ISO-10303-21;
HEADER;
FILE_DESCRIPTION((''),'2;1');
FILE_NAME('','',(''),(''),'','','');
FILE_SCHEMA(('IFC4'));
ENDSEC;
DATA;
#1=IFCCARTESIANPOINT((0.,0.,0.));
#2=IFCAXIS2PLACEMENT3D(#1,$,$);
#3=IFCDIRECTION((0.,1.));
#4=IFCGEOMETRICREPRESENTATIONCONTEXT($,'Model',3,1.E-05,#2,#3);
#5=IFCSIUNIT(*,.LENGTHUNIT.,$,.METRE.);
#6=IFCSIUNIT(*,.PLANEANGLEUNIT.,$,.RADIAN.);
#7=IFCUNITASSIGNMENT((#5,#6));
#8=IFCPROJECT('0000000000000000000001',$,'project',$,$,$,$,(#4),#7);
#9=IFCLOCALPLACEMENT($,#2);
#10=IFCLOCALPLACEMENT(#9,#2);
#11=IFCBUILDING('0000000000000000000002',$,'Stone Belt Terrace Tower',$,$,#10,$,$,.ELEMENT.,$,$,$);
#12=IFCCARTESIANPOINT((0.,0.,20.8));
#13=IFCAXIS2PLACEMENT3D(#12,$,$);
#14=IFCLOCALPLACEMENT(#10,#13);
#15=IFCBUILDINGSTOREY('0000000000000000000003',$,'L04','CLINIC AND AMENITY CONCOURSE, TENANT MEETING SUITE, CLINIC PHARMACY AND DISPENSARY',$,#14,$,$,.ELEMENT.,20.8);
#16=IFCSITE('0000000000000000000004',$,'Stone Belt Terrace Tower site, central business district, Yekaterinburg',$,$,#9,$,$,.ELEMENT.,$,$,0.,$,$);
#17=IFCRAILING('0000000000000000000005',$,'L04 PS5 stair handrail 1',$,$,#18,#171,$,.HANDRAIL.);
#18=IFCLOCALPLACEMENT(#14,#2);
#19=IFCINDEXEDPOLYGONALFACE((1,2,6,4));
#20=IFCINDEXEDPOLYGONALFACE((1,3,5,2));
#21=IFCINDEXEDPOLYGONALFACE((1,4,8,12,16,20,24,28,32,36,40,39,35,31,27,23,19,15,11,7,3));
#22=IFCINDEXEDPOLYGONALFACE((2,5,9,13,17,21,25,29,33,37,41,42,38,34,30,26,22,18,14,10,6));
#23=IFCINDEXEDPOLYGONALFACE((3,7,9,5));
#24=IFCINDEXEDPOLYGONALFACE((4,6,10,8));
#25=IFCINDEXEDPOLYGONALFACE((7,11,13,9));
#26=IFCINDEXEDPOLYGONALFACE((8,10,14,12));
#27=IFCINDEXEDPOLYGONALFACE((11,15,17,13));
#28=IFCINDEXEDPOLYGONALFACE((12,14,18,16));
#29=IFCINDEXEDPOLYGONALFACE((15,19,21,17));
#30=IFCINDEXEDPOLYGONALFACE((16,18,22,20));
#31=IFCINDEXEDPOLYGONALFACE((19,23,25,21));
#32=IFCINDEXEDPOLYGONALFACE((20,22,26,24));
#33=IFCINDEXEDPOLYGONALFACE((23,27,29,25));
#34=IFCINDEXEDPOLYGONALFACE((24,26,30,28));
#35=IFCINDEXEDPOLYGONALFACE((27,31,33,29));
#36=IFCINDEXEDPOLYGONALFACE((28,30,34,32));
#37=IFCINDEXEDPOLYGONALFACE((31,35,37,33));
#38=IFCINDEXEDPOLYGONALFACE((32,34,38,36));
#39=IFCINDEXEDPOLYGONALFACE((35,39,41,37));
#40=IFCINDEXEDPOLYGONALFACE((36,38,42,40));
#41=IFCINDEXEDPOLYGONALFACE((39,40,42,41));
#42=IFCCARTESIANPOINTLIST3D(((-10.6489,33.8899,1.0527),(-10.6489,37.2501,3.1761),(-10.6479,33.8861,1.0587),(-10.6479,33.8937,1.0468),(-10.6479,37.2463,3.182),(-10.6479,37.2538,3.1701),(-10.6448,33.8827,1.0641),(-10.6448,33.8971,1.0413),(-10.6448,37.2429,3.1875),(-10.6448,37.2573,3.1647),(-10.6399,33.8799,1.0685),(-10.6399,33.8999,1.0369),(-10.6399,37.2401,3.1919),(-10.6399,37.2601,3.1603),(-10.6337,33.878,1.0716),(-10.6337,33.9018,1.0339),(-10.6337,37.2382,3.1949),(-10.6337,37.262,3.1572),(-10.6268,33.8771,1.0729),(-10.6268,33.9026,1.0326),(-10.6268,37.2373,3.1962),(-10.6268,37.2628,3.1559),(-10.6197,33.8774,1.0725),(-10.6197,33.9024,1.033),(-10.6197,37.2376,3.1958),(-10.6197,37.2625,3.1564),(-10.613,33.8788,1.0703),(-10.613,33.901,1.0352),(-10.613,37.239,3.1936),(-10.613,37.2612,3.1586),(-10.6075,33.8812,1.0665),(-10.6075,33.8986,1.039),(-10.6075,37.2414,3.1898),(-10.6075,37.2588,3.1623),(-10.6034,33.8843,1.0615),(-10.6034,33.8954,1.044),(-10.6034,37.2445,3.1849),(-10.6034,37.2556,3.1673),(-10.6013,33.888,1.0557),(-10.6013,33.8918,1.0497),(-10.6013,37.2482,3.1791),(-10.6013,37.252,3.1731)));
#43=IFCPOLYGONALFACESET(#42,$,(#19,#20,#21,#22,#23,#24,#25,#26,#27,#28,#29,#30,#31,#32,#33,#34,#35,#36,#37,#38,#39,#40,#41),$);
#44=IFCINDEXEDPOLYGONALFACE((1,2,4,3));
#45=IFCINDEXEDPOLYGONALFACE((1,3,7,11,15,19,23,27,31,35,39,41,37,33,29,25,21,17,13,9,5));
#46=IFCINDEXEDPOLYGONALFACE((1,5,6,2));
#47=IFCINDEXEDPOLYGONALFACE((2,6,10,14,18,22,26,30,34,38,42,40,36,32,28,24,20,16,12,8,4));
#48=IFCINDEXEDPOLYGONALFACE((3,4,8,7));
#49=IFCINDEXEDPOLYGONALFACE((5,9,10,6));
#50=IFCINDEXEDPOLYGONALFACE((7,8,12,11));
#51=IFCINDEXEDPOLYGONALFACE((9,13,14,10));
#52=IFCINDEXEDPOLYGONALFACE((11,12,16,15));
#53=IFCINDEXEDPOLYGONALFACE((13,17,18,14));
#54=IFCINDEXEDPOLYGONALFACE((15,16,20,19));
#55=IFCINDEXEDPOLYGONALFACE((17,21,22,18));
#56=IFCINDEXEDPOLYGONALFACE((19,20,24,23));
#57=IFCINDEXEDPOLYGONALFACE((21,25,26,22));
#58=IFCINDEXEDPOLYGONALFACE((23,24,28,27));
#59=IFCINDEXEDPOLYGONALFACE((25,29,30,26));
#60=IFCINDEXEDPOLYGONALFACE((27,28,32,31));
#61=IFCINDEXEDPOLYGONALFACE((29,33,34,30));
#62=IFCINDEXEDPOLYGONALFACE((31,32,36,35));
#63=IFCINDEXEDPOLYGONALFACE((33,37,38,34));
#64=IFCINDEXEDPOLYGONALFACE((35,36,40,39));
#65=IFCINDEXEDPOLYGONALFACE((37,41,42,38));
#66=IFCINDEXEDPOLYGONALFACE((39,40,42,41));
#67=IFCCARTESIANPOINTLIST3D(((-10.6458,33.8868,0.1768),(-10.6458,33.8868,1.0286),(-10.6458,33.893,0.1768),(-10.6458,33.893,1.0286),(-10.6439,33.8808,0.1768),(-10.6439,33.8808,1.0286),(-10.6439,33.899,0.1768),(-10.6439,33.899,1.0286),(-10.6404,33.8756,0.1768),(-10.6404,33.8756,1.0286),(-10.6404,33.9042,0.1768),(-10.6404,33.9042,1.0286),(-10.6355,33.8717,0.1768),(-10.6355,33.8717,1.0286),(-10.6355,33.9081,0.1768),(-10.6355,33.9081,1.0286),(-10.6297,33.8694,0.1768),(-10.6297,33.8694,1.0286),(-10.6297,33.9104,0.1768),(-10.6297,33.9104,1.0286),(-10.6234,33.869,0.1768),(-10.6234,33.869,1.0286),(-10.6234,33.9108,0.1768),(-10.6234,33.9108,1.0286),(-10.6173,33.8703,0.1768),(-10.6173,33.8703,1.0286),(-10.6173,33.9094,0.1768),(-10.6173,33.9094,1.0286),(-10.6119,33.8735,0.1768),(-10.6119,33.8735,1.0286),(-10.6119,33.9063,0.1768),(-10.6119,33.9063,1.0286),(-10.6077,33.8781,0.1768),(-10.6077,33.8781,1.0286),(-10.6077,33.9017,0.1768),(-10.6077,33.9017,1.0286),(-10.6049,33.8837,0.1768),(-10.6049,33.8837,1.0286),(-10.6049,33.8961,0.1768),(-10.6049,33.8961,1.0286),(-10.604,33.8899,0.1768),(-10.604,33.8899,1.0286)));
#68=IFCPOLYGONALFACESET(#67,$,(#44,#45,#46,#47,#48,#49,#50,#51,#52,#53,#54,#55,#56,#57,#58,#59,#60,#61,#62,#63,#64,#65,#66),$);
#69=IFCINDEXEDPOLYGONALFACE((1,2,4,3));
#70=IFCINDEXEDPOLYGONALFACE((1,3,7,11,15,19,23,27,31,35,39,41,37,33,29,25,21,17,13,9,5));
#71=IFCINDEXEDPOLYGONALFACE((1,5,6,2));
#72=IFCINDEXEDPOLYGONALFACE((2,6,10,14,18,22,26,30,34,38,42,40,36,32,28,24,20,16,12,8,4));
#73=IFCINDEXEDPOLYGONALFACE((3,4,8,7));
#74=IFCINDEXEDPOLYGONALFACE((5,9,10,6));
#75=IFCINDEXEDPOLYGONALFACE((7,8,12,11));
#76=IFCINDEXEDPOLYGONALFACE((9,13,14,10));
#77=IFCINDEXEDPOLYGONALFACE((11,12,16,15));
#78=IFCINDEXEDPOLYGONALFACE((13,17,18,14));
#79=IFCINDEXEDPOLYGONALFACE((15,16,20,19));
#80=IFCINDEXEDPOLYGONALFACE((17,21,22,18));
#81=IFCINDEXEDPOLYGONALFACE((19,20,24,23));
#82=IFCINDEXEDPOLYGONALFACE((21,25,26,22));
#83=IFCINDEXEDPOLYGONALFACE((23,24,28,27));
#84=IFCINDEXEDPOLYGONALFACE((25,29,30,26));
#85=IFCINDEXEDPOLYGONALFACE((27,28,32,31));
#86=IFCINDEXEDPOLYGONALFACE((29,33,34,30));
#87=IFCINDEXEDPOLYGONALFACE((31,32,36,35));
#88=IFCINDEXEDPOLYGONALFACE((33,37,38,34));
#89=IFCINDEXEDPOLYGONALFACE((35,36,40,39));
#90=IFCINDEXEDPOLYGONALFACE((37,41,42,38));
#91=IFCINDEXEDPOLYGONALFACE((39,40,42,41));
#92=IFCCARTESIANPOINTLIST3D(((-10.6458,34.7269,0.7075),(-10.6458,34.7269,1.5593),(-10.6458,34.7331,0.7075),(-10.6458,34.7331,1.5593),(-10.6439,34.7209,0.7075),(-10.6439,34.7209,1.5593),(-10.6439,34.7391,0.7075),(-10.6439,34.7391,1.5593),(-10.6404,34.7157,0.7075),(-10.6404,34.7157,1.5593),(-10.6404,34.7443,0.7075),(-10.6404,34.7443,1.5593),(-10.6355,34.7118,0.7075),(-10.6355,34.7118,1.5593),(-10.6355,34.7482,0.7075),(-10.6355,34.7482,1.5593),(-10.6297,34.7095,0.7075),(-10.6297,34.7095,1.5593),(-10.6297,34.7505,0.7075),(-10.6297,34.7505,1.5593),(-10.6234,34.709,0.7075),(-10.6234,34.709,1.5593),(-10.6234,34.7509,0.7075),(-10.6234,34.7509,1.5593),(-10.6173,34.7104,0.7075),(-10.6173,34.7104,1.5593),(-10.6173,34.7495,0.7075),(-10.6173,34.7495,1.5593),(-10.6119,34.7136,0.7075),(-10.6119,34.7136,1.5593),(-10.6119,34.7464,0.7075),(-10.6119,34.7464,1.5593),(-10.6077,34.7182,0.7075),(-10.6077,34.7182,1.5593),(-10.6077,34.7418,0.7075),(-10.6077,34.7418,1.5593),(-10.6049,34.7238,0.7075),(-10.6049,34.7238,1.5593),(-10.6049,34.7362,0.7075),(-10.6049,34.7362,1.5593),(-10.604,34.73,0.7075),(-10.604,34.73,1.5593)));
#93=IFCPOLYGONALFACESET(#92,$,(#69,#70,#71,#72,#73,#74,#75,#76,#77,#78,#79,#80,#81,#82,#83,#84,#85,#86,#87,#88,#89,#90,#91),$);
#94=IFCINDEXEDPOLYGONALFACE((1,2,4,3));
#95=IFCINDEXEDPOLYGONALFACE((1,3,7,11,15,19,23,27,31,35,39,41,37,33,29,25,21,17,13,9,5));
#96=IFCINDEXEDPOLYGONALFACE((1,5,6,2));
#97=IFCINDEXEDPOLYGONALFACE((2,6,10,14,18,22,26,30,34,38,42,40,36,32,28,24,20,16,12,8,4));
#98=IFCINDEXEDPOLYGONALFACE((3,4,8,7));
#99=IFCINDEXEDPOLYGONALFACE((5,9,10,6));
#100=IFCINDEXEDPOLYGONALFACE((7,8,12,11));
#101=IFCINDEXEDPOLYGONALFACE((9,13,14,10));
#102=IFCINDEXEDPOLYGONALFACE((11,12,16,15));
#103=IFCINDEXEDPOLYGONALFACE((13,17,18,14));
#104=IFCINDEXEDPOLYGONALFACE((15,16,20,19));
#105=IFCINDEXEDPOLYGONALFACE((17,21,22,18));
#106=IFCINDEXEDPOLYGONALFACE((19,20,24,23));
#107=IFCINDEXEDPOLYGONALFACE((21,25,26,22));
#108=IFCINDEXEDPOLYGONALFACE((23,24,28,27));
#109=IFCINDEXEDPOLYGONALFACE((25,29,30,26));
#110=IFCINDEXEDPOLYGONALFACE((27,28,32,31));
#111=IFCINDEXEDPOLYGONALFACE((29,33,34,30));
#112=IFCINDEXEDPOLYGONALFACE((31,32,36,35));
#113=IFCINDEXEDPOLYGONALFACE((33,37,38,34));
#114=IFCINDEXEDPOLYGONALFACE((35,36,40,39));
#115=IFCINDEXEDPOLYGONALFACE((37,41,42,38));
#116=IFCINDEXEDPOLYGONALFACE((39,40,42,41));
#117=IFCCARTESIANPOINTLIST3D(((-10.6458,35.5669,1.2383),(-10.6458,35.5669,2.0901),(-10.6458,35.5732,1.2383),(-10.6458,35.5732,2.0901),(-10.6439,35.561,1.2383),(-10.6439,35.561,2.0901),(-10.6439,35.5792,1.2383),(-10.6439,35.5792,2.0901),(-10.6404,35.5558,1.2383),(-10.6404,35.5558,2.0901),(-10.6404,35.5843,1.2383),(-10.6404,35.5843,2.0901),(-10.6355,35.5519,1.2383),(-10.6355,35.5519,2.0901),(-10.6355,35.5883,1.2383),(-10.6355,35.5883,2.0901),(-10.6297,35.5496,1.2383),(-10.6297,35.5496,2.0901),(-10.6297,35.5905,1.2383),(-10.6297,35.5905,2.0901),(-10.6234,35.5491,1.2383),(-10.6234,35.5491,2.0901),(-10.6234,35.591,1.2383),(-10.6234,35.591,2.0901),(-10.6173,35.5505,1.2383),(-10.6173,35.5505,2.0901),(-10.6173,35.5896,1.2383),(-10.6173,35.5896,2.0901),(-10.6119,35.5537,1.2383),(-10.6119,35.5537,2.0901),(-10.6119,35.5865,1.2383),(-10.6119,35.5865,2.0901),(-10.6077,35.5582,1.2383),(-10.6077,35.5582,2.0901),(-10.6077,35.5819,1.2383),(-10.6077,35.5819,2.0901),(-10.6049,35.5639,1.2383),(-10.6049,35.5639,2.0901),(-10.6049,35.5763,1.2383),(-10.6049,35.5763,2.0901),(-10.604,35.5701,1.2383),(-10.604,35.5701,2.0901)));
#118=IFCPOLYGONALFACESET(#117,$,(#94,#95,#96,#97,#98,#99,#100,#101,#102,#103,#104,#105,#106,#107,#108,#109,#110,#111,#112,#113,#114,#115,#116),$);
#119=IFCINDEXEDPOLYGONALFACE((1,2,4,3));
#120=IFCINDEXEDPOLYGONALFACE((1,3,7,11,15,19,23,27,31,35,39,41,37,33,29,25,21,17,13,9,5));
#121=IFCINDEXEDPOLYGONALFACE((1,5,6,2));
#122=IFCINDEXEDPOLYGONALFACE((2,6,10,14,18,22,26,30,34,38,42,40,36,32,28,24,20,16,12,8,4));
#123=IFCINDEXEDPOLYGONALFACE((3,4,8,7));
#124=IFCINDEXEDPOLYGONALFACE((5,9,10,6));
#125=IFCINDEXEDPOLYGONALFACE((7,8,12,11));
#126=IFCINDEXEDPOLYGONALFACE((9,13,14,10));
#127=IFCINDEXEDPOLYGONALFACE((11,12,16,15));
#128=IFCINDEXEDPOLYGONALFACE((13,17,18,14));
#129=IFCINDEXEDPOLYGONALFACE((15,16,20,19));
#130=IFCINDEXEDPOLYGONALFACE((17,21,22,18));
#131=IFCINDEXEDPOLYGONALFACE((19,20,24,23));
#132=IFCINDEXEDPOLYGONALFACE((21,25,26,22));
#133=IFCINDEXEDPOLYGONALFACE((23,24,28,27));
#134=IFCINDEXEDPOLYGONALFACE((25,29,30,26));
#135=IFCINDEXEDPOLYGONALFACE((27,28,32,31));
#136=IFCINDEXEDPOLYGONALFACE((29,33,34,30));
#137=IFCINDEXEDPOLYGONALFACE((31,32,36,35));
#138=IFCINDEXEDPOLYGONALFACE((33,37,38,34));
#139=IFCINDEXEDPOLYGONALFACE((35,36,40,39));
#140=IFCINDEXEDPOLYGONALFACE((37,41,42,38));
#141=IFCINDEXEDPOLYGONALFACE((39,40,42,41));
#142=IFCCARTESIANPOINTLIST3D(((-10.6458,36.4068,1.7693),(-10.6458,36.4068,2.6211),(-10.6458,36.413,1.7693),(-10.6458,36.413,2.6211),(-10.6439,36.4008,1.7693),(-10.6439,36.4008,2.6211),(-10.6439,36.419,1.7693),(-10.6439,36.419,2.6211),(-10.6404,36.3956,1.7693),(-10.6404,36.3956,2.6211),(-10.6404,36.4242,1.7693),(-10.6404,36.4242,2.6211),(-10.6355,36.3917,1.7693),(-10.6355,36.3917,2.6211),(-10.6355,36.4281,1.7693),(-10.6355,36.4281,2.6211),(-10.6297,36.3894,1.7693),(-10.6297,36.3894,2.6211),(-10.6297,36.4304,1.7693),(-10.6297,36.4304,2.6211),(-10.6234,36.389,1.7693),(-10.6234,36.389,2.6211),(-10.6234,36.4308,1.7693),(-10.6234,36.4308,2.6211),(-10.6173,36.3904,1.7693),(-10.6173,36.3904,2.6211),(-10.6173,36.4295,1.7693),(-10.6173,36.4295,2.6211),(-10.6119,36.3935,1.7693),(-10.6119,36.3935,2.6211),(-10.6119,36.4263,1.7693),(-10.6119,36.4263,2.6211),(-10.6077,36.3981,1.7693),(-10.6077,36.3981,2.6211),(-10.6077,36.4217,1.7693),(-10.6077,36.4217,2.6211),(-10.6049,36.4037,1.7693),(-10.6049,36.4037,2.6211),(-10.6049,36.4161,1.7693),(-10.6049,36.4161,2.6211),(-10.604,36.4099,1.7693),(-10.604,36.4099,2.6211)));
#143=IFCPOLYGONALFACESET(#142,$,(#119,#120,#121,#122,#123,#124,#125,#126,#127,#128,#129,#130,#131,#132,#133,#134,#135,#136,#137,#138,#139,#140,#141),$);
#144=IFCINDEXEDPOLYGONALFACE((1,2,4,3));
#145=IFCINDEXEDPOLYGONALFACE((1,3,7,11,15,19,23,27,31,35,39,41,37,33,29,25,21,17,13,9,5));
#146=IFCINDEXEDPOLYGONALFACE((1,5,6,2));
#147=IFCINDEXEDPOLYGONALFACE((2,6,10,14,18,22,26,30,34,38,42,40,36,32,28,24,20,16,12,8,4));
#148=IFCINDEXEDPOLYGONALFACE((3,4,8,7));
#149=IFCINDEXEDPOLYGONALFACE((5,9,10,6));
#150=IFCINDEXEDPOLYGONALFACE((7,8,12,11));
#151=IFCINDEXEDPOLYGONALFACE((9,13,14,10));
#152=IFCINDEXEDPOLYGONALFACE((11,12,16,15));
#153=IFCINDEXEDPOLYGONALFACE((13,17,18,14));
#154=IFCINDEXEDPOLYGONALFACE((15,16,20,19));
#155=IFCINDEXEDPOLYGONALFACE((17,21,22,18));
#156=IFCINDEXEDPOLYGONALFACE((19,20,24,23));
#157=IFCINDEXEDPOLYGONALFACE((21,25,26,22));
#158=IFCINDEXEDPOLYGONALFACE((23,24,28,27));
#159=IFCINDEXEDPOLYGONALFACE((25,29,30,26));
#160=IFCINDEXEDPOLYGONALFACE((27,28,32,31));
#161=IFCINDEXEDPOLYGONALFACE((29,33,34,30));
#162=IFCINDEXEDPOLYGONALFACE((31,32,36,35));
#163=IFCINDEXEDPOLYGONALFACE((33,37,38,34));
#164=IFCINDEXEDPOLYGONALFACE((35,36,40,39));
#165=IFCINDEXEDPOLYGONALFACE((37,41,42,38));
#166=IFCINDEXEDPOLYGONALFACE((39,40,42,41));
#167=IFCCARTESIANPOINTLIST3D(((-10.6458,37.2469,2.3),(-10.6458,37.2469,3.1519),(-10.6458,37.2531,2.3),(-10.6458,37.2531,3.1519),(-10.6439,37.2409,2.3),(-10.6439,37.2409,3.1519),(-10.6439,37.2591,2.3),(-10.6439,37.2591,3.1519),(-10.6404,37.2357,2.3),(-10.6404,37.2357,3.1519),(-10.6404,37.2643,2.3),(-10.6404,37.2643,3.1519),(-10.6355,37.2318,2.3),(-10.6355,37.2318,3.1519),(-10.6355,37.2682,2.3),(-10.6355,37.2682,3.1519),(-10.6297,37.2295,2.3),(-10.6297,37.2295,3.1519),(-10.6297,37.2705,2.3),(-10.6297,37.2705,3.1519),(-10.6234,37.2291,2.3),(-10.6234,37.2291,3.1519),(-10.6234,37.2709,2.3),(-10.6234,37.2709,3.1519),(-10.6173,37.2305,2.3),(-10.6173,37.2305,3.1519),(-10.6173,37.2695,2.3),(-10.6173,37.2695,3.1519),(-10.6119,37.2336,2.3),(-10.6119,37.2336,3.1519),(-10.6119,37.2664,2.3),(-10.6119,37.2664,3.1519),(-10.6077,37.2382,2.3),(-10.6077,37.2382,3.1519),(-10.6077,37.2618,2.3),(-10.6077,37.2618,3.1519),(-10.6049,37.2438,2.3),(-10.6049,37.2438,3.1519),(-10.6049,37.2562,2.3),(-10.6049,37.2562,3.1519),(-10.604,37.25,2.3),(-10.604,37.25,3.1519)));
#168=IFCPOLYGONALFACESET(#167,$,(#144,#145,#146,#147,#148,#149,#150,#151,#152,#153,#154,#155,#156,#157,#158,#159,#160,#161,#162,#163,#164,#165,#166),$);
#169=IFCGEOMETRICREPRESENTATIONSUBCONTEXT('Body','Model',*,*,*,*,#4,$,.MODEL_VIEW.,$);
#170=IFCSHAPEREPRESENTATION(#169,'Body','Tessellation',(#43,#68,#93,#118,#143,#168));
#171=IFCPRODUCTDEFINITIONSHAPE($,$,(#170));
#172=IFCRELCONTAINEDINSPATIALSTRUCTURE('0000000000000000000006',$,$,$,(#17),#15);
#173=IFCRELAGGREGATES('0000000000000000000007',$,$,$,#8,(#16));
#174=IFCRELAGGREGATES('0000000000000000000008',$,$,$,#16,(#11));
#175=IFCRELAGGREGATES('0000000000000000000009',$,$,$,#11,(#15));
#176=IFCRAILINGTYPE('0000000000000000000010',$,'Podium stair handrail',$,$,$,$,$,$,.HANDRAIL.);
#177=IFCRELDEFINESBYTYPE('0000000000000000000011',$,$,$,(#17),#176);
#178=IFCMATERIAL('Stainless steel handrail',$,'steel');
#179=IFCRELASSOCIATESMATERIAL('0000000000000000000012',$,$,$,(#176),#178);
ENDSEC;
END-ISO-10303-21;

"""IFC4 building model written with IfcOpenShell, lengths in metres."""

from ifc_helpers import new_model, si_unit, direction, frame, origin, origin_2d, place, context, subcontext, project, spatial, circle, extrude, material, type_object, element, save


model = new_model("IFC4")

# Units and contexts
model_context = context("Model", 3, precision=1e-05, world=origin(), true_north=direction((0.0, 1.0)))
body_context = subcontext(model_context, "Body", "Model", "MODEL_VIEW")
ifc_project = project(units=[si_unit("LENGTHUNIT", "METRE"), si_unit("PLANEANGLEUNIT", "RADIAN")], contexts=[model_context])

# Site, building, storey
site_placement = place(None, origin())
site = spatial("IfcSite", under=ifc_project, at=site_placement, Name="Stone Belt Terrace Tower site, central business district, Yekaterinburg", CompositionType="ELEMENT", RefElevation=0.0)
building_placement = place(site_placement, origin())
building = spatial("IfcBuilding", under=site, at=building_placement, Name="Stone Belt Terrace Tower", CompositionType="ELEMENT")
storey_placement = place(building_placement, frame((0.0, 0.0, 20.8)))
storey = spatial("IfcBuildingStorey", under=building, at=storey_placement, Name="L04", Description="CLINIC AND AMENITY CONCOURSE, TENANT MEETING SUITE, CLINIC PHARMACY AND DISPENSARY", CompositionType="ELEMENT", Elevation=20.8)

# Railing
ifc_material_1 = material(Name="Stainless steel handrail", Category="steel")
railing_type_1 = type_object("IfcRailingType", Name="Podium stair handrail", PredefinedType="HANDRAIL", material=ifc_material_1)
railing_1_placement = place(storey_placement, frame((-10.625, 33.8899, 0.1768)))
element("IfcRailing", 1, at=railing_1_placement, inside=storey, type_object=railing_type_1, Name="L04 PS5 stair handrail 1", PredefinedType="HANDRAIL", context=body_context, shape_type="SweptSolid", body=[
    extrude(circle(Radius=0.0239, at=origin_2d()), frame((0.0, 0.0, 0.876), z_axis=(0.0, 0.845362, 0.534194), x_axis=(-1.0, 0.0, 0.0)), (0.0, 0.0, 1.0), 3.9749),
    extrude(circle(Radius=0.021, at=origin_2d()), origin(), (0.0, 0.0, 1.0), 0.8518),
    extrude(circle(Radius=0.021, at=origin_2d()), frame((0.0, 0.8401, 0.5308)), (0.0, 0.0, 1.0), 0.8518),
    extrude(circle(Radius=0.021, at=origin_2d()), frame((0.0, 1.6802, 1.0615)), (0.0, 0.0, 1.0), 0.8518),
    extrude(circle(Radius=0.021, at=origin_2d()), frame((0.0, 2.52, 1.5925)), (0.0, 0.0, 1.0), 0.8518),
    extrude(circle(Radius=0.021, at=origin_2d()), frame((0.0, 3.3601, 2.1233)), (0.0, 0.0, 1.0), 0.8518),
])

save(model, "model.ifc")
